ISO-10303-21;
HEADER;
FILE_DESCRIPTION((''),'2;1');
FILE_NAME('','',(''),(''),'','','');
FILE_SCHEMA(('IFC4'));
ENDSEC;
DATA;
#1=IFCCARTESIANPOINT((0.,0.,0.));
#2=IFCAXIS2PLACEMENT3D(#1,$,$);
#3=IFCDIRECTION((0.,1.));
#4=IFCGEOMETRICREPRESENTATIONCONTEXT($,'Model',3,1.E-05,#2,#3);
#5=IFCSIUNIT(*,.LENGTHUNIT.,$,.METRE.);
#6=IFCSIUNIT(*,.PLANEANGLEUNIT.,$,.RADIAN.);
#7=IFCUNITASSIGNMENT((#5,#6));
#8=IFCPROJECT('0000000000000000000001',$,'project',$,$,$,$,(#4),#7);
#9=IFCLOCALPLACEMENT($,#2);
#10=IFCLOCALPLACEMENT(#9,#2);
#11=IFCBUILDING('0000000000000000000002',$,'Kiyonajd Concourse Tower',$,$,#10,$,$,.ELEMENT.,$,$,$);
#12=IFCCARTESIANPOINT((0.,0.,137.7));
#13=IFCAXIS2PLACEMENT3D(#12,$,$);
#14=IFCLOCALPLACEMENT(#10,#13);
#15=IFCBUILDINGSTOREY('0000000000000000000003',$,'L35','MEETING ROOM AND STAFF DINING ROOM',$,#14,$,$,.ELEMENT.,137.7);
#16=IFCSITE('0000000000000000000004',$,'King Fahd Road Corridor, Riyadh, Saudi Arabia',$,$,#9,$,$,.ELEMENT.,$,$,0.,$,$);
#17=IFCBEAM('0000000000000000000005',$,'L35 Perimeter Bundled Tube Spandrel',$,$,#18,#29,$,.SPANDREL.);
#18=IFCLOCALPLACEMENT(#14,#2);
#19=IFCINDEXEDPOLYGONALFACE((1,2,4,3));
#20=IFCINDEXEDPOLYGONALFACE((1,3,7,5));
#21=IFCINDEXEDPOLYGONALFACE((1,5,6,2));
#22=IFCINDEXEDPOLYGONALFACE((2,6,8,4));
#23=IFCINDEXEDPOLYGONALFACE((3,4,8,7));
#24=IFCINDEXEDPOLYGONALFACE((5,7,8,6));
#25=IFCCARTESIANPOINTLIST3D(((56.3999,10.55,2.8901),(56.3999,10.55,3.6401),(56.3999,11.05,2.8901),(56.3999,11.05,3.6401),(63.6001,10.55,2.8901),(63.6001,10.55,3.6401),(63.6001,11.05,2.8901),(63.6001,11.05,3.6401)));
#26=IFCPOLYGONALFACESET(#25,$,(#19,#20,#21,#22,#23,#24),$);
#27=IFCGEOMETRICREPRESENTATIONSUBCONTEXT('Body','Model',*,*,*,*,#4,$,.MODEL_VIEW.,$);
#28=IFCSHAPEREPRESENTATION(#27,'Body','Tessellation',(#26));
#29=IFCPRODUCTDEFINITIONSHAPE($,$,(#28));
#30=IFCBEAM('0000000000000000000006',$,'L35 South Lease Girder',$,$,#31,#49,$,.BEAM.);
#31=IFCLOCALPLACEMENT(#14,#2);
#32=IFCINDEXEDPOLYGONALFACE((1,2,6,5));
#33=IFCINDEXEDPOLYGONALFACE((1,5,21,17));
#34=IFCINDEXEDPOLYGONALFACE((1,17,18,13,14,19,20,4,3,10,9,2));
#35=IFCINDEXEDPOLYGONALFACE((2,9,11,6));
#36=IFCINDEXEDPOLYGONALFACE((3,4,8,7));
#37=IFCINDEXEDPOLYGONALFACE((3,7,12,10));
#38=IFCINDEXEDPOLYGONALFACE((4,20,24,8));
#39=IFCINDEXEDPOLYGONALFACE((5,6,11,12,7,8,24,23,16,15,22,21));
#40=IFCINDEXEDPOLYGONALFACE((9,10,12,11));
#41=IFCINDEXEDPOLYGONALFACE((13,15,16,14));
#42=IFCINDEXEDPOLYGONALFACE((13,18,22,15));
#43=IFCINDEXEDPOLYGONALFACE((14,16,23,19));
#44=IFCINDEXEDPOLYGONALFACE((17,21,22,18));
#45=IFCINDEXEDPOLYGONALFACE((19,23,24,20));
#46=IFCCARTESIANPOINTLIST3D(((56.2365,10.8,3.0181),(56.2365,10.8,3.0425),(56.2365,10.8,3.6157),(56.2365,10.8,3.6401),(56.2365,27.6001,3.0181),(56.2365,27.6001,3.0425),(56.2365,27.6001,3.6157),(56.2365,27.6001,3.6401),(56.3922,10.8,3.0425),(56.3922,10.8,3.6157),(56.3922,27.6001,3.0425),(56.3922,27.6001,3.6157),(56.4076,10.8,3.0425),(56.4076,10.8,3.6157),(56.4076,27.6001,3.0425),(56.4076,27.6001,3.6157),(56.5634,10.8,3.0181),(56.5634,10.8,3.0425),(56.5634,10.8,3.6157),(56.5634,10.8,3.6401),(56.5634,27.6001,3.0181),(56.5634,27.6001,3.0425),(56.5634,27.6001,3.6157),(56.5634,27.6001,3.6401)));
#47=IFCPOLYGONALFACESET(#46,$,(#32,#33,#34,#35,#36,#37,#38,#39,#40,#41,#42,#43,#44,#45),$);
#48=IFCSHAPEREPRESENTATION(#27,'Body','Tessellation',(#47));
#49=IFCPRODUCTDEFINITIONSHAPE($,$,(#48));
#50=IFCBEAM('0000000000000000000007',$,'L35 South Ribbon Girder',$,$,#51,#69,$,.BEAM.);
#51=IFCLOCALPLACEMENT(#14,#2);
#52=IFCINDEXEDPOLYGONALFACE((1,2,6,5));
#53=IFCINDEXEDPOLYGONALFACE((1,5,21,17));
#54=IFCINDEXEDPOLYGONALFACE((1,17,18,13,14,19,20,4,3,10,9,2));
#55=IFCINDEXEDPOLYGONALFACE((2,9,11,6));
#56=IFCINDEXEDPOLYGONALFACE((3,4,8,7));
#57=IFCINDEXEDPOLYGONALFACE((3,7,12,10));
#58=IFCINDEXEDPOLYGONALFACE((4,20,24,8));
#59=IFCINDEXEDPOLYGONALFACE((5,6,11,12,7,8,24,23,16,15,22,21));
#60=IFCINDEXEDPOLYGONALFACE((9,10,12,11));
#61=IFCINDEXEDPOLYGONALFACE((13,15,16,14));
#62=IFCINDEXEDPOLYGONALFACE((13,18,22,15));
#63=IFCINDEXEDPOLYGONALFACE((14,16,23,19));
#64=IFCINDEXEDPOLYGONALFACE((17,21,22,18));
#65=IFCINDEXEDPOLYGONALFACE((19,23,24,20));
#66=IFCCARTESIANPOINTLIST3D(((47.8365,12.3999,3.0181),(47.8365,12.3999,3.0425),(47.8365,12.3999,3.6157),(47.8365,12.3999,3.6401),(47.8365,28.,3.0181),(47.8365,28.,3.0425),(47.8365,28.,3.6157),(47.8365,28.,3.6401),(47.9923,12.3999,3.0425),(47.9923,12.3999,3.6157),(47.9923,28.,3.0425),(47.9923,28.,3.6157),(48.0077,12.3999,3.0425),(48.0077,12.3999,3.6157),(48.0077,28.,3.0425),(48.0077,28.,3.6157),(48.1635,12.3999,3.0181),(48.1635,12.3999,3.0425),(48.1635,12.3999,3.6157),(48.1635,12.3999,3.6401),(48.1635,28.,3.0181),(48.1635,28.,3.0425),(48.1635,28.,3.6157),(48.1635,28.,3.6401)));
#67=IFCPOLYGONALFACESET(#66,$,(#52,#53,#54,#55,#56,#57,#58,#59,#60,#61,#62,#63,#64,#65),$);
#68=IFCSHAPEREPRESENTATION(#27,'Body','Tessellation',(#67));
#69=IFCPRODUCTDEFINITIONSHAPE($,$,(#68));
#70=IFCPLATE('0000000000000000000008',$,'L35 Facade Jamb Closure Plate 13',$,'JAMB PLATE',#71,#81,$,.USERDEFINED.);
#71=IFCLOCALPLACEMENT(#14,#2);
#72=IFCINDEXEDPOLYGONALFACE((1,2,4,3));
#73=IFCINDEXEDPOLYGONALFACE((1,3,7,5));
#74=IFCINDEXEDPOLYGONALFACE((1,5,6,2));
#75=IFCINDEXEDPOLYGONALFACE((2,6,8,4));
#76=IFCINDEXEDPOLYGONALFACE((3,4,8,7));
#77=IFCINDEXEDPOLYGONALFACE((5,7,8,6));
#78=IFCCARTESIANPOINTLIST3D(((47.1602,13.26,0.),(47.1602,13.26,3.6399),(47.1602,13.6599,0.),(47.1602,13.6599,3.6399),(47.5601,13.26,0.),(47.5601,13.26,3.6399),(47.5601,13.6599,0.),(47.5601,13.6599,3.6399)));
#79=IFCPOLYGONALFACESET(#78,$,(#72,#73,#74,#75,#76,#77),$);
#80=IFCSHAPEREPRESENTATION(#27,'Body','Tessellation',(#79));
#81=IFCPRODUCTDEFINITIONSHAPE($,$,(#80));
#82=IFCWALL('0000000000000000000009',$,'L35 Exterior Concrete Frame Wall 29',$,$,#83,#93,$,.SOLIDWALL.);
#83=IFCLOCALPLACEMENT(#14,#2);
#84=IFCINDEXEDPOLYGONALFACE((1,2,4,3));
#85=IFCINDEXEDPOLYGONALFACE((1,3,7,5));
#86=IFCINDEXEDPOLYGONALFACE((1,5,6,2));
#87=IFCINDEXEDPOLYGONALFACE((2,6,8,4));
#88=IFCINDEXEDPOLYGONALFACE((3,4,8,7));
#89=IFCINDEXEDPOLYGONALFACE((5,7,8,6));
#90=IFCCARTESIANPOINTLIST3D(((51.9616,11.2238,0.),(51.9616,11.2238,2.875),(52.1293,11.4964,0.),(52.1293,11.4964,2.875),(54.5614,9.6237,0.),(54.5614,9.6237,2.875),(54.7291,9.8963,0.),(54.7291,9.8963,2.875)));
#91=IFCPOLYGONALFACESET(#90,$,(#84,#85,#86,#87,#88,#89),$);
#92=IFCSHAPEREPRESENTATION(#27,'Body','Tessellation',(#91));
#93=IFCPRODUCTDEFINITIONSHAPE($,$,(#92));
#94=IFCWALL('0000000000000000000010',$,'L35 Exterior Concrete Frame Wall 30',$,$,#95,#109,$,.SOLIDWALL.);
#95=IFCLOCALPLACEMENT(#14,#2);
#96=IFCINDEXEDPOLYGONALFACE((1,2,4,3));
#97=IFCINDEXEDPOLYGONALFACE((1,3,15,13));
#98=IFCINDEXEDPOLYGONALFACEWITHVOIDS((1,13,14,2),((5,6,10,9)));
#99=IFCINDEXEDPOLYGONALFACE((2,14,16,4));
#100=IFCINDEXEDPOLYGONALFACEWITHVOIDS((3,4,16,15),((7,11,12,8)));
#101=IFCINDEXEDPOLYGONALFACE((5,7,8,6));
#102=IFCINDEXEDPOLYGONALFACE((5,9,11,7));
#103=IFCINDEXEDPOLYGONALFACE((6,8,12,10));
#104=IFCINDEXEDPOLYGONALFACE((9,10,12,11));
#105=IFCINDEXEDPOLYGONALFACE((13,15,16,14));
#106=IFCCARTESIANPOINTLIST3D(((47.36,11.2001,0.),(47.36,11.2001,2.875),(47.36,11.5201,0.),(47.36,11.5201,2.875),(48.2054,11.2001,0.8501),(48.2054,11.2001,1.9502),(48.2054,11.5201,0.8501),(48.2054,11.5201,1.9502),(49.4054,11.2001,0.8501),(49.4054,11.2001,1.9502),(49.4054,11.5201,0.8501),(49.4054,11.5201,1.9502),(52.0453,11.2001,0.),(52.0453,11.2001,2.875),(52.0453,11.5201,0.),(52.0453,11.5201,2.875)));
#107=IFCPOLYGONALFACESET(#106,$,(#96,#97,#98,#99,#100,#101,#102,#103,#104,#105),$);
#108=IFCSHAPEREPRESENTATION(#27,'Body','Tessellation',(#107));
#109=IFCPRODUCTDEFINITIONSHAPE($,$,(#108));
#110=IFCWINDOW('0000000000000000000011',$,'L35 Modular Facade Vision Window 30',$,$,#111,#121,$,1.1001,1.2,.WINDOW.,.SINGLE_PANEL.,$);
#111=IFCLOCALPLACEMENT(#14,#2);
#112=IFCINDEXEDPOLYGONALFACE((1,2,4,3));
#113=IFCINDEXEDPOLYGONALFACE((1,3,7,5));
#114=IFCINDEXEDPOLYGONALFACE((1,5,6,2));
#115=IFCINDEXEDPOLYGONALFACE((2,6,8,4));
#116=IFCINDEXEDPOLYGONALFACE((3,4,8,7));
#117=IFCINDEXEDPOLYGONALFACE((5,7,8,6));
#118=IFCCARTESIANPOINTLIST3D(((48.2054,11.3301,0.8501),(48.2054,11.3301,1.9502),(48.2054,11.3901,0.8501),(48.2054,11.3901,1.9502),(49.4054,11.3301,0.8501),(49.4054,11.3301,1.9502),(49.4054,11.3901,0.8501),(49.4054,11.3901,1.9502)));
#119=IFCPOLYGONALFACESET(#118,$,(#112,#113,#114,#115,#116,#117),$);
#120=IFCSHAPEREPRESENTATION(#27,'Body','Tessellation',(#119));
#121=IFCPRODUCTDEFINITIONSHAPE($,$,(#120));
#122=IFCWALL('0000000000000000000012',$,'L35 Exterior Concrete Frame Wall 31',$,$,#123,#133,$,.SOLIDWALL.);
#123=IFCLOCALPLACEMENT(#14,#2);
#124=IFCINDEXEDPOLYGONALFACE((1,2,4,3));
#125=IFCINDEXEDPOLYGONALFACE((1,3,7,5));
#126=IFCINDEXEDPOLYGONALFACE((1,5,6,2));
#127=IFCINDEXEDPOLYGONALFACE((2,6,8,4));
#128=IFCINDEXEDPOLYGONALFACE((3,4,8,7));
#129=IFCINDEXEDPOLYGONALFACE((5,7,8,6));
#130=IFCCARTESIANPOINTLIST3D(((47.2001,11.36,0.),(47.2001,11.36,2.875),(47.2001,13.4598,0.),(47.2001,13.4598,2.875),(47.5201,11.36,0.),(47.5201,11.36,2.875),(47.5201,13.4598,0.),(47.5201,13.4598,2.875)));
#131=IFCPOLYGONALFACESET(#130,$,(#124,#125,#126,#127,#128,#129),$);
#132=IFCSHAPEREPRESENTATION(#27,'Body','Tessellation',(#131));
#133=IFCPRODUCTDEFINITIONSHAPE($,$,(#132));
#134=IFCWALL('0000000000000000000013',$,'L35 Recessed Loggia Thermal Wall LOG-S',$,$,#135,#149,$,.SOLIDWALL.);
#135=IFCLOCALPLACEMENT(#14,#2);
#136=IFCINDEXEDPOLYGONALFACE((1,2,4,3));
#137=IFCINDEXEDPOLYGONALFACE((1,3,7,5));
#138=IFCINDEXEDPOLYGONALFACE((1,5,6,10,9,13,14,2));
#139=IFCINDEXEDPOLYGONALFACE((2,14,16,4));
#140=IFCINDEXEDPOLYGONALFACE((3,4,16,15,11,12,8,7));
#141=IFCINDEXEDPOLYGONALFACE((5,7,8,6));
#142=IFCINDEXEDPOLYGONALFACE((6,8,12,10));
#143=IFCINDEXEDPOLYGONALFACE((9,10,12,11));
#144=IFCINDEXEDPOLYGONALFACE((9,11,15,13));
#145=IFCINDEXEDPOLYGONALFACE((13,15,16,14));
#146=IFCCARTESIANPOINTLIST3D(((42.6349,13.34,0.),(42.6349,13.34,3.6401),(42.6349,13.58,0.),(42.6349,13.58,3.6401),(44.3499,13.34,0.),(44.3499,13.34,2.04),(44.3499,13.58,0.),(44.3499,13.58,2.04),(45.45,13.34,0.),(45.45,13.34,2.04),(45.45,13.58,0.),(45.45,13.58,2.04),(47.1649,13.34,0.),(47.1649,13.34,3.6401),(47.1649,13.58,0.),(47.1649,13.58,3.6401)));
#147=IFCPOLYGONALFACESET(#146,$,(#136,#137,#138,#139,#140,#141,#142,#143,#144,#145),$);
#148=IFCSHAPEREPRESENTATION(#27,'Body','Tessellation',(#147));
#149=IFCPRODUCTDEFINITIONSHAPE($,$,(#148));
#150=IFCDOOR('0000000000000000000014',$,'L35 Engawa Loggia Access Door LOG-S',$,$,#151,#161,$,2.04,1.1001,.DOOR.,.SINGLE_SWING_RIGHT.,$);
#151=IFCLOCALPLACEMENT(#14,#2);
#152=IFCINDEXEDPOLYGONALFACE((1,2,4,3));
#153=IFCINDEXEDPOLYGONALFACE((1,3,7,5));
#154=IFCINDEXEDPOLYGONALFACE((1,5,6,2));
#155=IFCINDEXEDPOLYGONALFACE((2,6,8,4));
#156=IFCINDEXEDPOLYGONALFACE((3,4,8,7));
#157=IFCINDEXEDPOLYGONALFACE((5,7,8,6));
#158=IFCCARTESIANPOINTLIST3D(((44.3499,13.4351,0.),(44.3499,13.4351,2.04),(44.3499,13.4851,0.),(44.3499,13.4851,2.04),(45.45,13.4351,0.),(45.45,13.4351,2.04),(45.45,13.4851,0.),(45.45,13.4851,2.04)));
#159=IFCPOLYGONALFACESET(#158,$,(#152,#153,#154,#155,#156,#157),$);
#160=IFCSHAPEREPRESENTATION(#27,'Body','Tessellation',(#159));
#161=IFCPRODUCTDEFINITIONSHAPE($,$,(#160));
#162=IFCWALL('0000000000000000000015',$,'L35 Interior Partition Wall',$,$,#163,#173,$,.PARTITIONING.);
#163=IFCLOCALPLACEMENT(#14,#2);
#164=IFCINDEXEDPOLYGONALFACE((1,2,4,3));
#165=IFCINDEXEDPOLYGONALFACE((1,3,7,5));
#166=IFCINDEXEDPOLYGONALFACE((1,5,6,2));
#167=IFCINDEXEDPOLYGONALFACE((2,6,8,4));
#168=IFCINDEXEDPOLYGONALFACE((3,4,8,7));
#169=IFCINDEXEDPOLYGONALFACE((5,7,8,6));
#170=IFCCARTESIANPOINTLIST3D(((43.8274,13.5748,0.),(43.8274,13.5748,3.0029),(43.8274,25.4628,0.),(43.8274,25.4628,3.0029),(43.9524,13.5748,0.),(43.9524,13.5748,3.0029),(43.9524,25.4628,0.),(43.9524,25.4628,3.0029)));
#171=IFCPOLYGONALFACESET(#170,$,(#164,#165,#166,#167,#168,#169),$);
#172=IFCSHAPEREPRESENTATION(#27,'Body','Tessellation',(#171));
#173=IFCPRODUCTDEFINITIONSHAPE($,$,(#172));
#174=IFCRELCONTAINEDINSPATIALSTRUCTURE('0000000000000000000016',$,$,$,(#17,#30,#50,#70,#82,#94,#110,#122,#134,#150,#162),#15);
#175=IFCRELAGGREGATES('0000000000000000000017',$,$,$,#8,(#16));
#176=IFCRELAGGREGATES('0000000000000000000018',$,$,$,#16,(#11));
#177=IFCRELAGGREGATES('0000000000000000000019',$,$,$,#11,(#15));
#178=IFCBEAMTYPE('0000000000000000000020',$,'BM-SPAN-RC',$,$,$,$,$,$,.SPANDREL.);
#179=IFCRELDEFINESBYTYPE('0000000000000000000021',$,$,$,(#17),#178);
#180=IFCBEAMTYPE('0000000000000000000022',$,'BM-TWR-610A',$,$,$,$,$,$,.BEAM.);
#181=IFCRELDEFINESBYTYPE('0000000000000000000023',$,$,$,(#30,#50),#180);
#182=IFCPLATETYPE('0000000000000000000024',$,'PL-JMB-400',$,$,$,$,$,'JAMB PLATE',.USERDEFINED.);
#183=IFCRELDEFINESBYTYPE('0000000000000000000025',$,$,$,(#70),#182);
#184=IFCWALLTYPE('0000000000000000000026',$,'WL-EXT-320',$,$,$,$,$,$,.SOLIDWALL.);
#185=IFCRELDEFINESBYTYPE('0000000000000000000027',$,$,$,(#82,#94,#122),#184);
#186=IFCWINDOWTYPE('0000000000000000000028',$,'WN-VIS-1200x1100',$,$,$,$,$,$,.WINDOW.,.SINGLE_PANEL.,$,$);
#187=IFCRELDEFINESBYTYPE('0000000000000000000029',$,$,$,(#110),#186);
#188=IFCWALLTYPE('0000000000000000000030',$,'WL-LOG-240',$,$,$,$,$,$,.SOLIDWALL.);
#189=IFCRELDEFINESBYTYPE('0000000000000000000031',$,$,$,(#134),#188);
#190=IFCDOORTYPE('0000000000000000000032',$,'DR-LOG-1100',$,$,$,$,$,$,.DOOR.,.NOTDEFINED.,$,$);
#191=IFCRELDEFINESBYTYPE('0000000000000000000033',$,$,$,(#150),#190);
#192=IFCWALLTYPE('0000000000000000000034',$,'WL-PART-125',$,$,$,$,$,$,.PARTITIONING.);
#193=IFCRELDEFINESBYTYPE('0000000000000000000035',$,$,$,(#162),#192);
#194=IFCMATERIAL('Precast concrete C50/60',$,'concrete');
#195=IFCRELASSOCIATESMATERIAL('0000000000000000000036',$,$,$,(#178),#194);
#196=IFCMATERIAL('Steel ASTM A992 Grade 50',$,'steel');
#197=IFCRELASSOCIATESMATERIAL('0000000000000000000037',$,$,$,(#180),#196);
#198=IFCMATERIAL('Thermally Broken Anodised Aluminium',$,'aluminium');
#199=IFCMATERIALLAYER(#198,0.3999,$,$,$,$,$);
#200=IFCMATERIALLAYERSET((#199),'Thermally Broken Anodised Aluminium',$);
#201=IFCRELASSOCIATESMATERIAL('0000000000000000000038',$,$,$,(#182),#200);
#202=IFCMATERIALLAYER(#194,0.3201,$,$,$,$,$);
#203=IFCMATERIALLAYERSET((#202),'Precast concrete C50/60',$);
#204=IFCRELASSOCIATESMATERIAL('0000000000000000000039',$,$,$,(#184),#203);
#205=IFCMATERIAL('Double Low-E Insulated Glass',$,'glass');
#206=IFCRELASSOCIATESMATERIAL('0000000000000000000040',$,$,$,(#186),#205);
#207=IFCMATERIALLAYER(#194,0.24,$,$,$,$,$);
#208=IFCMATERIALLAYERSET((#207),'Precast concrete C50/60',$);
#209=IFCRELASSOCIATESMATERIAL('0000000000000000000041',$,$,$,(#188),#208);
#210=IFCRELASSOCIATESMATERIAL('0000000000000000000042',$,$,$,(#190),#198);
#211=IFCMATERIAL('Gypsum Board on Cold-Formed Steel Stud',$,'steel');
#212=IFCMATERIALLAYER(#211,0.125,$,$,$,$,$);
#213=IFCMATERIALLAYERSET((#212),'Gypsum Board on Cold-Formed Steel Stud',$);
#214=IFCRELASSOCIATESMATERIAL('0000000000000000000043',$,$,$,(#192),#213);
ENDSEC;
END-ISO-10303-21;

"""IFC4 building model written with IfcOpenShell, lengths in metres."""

from ifc_helpers import new_model, si_unit, direction, frame, frame_2d, origin, origin_2d, place, context, subcontext, project, spatial, rectangle, i_section, extrude, material, layer, layer_set, material_profile, profile_set, type_object, element, fill, save


model = new_model("IFC4")

# Units and contexts
model_context = context("Model", 3, precision=1e-05, world=origin(), true_north=direction((0.0, 1.0)))
body_context = subcontext(model_context, "Body", "Model", "MODEL_VIEW")
ifc_project = project(units=[si_unit("LENGTHUNIT", "METRE"), si_unit("PLANEANGLEUNIT", "RADIAN")], contexts=[model_context])

# Site, building, storey
site_placement = place(None, origin())
site = spatial("IfcSite", under=ifc_project, at=site_placement, Name="King Fahd Road Corridor, Riyadh, Saudi Arabia", CompositionType="ELEMENT", RefElevation=0.0)
building_placement = place(site_placement, origin())
building = spatial("IfcBuilding", under=site, at=building_placement, Name="Kiyonajd Concourse Tower", CompositionType="ELEMENT")
storey_placement = place(building_placement, frame((0.0, 0.0, 137.7)))
storey = spatial("IfcBuildingStorey", under=building, at=storey_placement, Name="L35", Description="MEETING ROOM AND STAFF DINING ROOM", CompositionType="ELEMENT", Elevation=137.7)

# Beams
ifc_material_1 = material(Name="Steel ASTM A992 Grade 50", Category="steel")
ifc_material_2 = material(Name="Precast concrete C50/60", Category="concrete")
ifc_material_profile_1 = material_profile(ifc_material_2, rectangle(XDim=0.5, YDim=0.75, at=origin_2d()), Name="RCBM-500x750")
ifc_profile_set_1 = profile_set([ifc_material_profile_1], Name="Precast concrete C50/60")
beam_type_1 = type_object("IfcBeamType", Name="BM-SPAN-RC", PredefinedType="SPANDREL", material=ifc_profile_set_1)
beam_1_placement = place(storey_placement, frame((56.3999, 10.8, 3.2651), z_axis=(1.0, 0.0, 0.0), x_axis=(0.0, 1.0, 0.0)))
element("IfcBeam", 1, at=beam_1_placement, inside=storey, type_object=beam_type_1, Name="L35 Perimeter Bundled Tube Spandrel", PredefinedType="SPANDREL", context=body_context, shape_type="SweptSolid", body=[
    extrude(rectangle(XDim=0.5, YDim=0.75, at=origin_2d()), origin(), (0.0, 0.0, 1.0), 7.2002),
])
ifc_material_profile_2 = material_profile(ifc_material_1, i_section(OverallWidth=0.3269, OverallDepth=0.6221, WebThickness=0.0154, FlangeThickness=0.0244, at=origin_2d()), Name="W610X195")
ifc_profile_set_2 = profile_set([ifc_material_profile_2], Name="Steel ASTM A992 Grade 50")
beam_type_2 = type_object("IfcBeamType", Name="BM-TWR-610A", PredefinedType="BEAM", material=ifc_profile_set_2)
beam_2_placement = place(storey_placement, frame((56.3999, 10.8, 3.3291), z_axis=(0.0, 1.0, 0.0), x_axis=(-1.0, 0.0, 0.0)))
element("IfcBeam", 2, at=beam_2_placement, inside=storey, type_object=beam_type_2, Name="L35 South Lease Girder", PredefinedType="BEAM", context=body_context, shape_type="SweptSolid", body=[
    extrude(i_section(OverallWidth=0.3269, OverallDepth=0.6221, WebThickness=0.0154, FlangeThickness=0.0244, at=origin_2d()), origin(), (0.0, 0.0, 1.0), 16.8),
])
beam_3_placement = place(storey_placement, frame((48.0, 12.3999, 3.3291), z_axis=(0.0, 1.0, 0.0), x_axis=(-1.0, 0.0, 0.0)))
element("IfcBeam", 3, at=beam_3_placement, inside=storey, type_object=beam_type_2, Name="L35 South Ribbon Girder", PredefinedType="BEAM", context=body_context, shape_type="SweptSolid", body=[
    extrude(i_section(OverallWidth=0.3269, OverallDepth=0.6221, WebThickness=0.0154, FlangeThickness=0.0244, at=origin_2d()), origin(), (0.0, 0.0, 1.0), 15.6001),
])

# Plate
ifc_material_3 = material(Name="Thermally Broken Anodised Aluminium", Category="aluminium")
ifc_layer_1 = layer(ifc_material_3, 0.3999)
ifc_layer_set_1 = layer_set([ifc_layer_1], Name="Thermally Broken Anodised Aluminium")
plate_type = type_object("IfcPlateType", Name="PL-JMB-400", ElementType="JAMB PLATE", PredefinedType="USERDEFINED", material=ifc_layer_set_1)
plate_placement = place(storey_placement, frame((47.3601, 13.46, 0.0), z_axis=(0.0, 0.0, 1.0), x_axis=(1.0, 0.0, 0.0)))
element("IfcPlate", 4, at=plate_placement, inside=storey, type_object=plate_type, Name="L35 Facade Jamb Closure Plate 13", ObjectType="JAMB PLATE", PredefinedType="USERDEFINED", context=body_context, shape_type="SweptSolid", body=[
    extrude(rectangle(XDim=0.3999, YDim=0.3999, at=origin_2d()), origin(), (0.0, 0.0, 1.0), 3.6399),
])

# Wall
ifc_layer_2 = layer(ifc_material_2, 0.3201)
ifc_layer_set_2 = layer_set([ifc_layer_2], Name="Precast concrete C50/60")
wall_type_1 = type_object("IfcWallType", Name="WL-EXT-320", PredefinedType="SOLIDWALL", material=ifc_layer_set_2)
wall_1_placement = place(storey_placement, frame((54.6453, 9.76, 0.0), z_axis=(0.0, 0.0, 1.0), x_axis=(-0.851631, 0.524142, 0.0)))
element("IfcWall", 5, at=wall_1_placement, inside=storey, type_object=wall_type_1, Name="L35 Exterior Concrete Frame Wall 29", PredefinedType="SOLIDWALL", context=body_context, shape_type="SweptSolid", body=[
    extrude(rectangle(XDim=3.0527, YDim=0.3201, at=frame_2d((1.5264, 0.0))), origin(), (0.0, 0.0, 1.0), 2.875),
])

# Wall, opening, window
wall_2_placement = place(storey_placement, frame((52.0454, 11.3601, 0.0), z_axis=(0.0, 0.0, 1.0), x_axis=(-1.0, 0.0, 0.0)))
wall_2 = element("IfcWall", 6, at=wall_2_placement, inside=storey, type_object=wall_type_1, Name="L35 Exterior Concrete Frame Wall 30", PredefinedType="SOLIDWALL", context=body_context, shape_type="SweptSolid", body=[
    extrude(rectangle(XDim=4.6853, YDim=0.3201, at=frame_2d((2.3428, 0.0))), origin(), (0.0, 0.0, 1.0), 2.875),
])
opening_1_placement = place(wall_2_placement, frame((2.6399, 0.0, 0.8501)))
opening_1 = element("IfcOpeningElement", 7, at=opening_1_placement, cuts=wall_2, PredefinedType="OPENING", context=body_context, shape_type="SweptSolid", body=[
    extrude(rectangle(XDim=1.2, YDim=1.1001, at=frame_2d((0.6001, 0.55))), frame((0.0, 0.1699, 0.0), z_axis=(0.0, -1.0, 0.0), x_axis=(1.0, 0.0, 0.0)), (0.0, 0.0, 1.0), 0.3401),
])
ifc_material_4 = material(Name="Double Low-E Insulated Glass", Category="glass")
window_type = type_object("IfcWindowType", Name="WN-VIS-1200x1100", PartitioningType="SINGLE_PANEL", PredefinedType="WINDOW", material=ifc_material_4)
window_placement = place(opening_1_placement, origin())
window = element("IfcWindow", 8, at=window_placement, inside=storey, type_object=window_type, Name="L35 Modular Facade Vision Window 30", OverallHeight=1.1001, OverallWidth=1.2, PartitioningType="SINGLE_PANEL", PredefinedType="WINDOW", context=body_context, shape_type="SweptSolid", body=[
    extrude(rectangle(XDim=1.2, YDim=1.1001, at=frame_2d((0.6001, 0.55))), frame((0.0, 0.03, 0.0), z_axis=(0.0, -1.0, 0.0), x_axis=(1.0, 0.0, 0.0)), (0.0, 0.0, 1.0), 0.0601),
])
fill(opening_1, window)

# Wall
wall_3_placement = place(storey_placement, frame((47.3601, 11.3601, 0.0), z_axis=(0.0, 0.0, 1.0), x_axis=(0.0, 1.0, 0.0)))
element("IfcWall", 9, at=wall_3_placement, inside=storey, type_object=wall_type_1, Name="L35 Exterior Concrete Frame Wall 31", PredefinedType="SOLIDWALL", context=body_context, shape_type="SweptSolid", body=[
    extrude(rectangle(XDim=2.0999, YDim=0.3201, at=frame_2d((1.0498, 0.0))), origin(), (0.0, 0.0, 1.0), 2.875),
])

# Wall, opening, door
ifc_layer_3 = layer(ifc_material_2, 0.24)
ifc_layer_set_3 = layer_set([ifc_layer_3], Name="Precast concrete C50/60")
wall_type_2 = type_object("IfcWallType", Name="WL-LOG-240", PredefinedType="SOLIDWALL", material=ifc_layer_set_3)
wall_4_placement = place(storey_placement, frame((47.165, 13.46, 0.0), z_axis=(0.0, 0.0, 1.0), x_axis=(-1.0, 0.0, 0.0)))
wall_4 = element("IfcWall", 10, at=wall_4_placement, inside=storey, type_object=wall_type_2, Name="L35 Recessed Loggia Thermal Wall LOG-S", PredefinedType="SOLIDWALL", context=body_context, shape_type="SweptSolid", body=[
    extrude(rectangle(XDim=4.53, YDim=0.24, at=frame_2d((2.2651, 0.0))), origin(), (0.0, 0.0, 1.0), 3.6401),
])
opening_2_placement = place(wall_4_placement, frame((1.7151, 0.0, 0.0)))
opening_2 = element("IfcOpeningElement", 11, at=opening_2_placement, cuts=wall_4, PredefinedType="OPENING", context=body_context, shape_type="SweptSolid", body=[
    extrude(rectangle(XDim=1.1001, YDim=2.04, at=frame_2d((0.55, 1.02))), frame((0.0, 0.1299, 0.0), z_axis=(0.0, -1.0, 0.0), x_axis=(1.0, 0.0, 0.0)), (0.0, 0.0, 1.0), 0.26),
])
door_type = type_object("IfcDoorType", Name="DR-LOG-1100", OperationType="NOTDEFINED", PredefinedType="DOOR", material=ifc_material_3)
door_placement = place(opening_2_placement, origin())
door = element("IfcDoor", 12, at=door_placement, inside=storey, type_object=door_type, Name="L35 Engawa Loggia Access Door LOG-S", OperationType="SINGLE_SWING_RIGHT", OverallHeight=2.04, OverallWidth=1.1001, PredefinedType="DOOR", context=body_context, shape_type="SweptSolid", body=[
    extrude(rectangle(XDim=1.1001, YDim=2.04, at=frame_2d((0.55, 1.02))), frame((0.0, 0.0249, 0.0), z_axis=(0.0, -1.0, 0.0), x_axis=(1.0, 0.0, 0.0)), (0.0, 0.0, 1.0), 0.05),
])
fill(opening_2, door)

# Wall
ifc_material_5 = material(Name="Gypsum Board on Cold-Formed Steel Stud", Category="steel")
ifc_layer_4 = layer(ifc_material_5, 0.125)
ifc_layer_set_4 = layer_set([ifc_layer_4], Name="Gypsum Board on Cold-Formed Steel Stud")
wall_type_3 = type_object("IfcWallType", Name="WL-PART-125", PredefinedType="PARTITIONING", material=ifc_layer_set_4)
wall_5_placement = place(storey_placement, frame((43.8899, 13.575, 0.0), z_axis=(0.0, 0.0, 1.0), x_axis=(0.0, 1.0, 0.0)))
element("IfcWall", 13, at=wall_5_placement, inside=storey, type_object=wall_type_3, Name="L35 Interior Partition Wall", PredefinedType="PARTITIONING", context=body_context, shape_type="SweptSolid", body=[
    extrude(rectangle(XDim=11.8879, YDim=0.125, at=frame_2d((5.9438, 0.0))), origin(), (0.0, 0.0, 1.0), 3.0029),
])

save(model, "model.ifc")
